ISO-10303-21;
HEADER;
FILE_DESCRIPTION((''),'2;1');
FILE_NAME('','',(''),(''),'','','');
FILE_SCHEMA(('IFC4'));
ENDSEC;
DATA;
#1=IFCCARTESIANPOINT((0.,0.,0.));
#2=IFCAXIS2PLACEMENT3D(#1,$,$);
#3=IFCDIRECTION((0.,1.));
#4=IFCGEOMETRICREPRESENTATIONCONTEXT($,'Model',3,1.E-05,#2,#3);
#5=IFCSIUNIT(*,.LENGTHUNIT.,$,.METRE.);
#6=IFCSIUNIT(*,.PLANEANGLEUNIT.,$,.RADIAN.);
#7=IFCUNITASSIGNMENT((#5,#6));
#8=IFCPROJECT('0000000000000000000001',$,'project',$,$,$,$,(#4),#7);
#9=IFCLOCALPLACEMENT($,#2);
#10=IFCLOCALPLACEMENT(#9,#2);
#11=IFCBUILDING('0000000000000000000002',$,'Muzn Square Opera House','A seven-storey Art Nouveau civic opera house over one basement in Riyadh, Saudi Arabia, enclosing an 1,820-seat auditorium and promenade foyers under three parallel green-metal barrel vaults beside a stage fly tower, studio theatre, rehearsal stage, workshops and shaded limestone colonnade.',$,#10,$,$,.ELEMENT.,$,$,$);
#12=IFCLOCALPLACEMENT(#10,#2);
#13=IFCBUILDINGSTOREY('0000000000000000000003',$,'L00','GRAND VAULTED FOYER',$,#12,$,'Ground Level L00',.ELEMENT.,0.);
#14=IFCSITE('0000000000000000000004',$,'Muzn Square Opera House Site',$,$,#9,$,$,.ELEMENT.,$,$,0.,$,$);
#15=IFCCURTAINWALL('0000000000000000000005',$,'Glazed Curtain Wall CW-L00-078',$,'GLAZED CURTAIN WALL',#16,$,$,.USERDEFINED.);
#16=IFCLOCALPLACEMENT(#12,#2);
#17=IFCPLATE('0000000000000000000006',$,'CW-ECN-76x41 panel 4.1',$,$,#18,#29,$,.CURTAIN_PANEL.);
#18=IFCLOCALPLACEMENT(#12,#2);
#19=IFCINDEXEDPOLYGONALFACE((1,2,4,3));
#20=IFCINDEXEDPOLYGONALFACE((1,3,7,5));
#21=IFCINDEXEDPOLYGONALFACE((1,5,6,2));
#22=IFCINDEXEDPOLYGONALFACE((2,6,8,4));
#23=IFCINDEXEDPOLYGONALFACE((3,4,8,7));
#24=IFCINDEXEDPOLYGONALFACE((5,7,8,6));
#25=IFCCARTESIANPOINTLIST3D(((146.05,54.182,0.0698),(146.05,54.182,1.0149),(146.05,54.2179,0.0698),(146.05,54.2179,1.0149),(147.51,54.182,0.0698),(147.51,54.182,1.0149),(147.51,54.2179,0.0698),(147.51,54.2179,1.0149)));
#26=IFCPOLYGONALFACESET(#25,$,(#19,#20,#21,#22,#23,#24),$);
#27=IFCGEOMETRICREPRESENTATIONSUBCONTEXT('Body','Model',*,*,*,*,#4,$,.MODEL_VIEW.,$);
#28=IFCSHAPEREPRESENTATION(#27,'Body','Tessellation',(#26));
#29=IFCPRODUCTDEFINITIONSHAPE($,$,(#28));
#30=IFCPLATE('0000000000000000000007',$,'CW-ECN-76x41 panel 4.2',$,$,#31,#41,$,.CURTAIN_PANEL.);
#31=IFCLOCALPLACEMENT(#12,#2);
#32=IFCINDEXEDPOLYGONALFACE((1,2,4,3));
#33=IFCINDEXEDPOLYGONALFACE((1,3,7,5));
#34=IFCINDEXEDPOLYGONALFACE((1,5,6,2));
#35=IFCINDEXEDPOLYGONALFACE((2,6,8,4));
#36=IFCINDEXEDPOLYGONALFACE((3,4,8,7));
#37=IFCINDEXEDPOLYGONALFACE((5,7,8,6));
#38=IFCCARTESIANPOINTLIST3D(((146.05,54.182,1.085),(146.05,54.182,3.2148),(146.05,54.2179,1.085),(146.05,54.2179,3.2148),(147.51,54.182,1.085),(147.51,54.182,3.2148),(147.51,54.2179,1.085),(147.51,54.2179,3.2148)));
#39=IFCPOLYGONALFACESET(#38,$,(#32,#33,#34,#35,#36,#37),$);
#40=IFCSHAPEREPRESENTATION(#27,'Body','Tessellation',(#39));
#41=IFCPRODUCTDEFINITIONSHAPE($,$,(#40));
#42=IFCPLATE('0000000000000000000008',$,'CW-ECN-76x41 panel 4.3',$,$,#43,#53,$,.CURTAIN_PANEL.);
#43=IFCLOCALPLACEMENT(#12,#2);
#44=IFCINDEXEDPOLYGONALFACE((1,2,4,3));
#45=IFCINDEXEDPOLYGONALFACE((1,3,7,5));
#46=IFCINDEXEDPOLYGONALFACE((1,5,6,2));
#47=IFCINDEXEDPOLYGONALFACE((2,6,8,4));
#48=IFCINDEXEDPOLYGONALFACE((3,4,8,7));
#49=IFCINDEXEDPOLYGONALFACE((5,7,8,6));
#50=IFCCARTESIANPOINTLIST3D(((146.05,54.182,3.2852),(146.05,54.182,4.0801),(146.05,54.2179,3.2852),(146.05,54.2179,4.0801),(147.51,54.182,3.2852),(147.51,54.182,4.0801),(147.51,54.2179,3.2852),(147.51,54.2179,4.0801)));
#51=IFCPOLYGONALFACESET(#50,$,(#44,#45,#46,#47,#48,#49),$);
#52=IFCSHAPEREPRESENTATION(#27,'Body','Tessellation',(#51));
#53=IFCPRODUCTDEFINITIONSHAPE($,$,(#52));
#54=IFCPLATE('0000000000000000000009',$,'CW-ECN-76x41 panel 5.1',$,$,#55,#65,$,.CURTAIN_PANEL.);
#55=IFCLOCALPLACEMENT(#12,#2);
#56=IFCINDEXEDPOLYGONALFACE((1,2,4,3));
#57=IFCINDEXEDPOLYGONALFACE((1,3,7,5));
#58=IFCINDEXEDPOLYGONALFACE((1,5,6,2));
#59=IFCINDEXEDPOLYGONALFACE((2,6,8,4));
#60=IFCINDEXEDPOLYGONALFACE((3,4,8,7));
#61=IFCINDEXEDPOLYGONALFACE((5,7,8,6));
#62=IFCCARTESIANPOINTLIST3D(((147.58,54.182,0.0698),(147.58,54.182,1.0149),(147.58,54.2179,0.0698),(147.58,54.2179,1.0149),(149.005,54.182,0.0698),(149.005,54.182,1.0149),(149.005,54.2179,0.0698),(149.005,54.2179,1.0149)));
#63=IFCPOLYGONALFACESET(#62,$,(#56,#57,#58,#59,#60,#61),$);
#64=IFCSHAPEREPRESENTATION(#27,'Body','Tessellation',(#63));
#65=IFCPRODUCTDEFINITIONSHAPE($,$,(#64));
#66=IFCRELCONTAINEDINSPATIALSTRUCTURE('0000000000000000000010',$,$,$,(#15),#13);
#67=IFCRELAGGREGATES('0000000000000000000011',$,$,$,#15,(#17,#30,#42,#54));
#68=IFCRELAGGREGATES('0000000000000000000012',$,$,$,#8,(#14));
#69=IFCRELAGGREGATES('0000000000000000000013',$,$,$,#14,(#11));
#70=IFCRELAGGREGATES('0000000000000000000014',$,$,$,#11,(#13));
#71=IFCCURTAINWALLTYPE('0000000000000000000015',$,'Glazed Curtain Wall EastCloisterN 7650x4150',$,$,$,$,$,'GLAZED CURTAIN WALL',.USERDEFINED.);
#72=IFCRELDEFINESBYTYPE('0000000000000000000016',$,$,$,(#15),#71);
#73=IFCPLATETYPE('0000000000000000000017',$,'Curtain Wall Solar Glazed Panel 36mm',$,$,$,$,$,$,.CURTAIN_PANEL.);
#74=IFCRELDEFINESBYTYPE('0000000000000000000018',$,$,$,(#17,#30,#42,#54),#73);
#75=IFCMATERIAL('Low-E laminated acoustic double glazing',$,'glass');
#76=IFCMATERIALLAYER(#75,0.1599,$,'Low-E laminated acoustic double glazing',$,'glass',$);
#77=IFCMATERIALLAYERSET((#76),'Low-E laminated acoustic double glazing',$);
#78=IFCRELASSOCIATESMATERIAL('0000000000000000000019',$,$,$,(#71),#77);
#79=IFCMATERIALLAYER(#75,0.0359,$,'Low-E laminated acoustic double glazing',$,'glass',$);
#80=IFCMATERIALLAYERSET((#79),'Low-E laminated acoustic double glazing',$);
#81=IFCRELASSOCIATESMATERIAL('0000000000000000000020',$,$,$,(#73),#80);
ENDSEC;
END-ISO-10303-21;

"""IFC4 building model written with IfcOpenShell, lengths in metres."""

from ifc_helpers import new_model, si_unit, direction, frame, origin, origin_2d, place, context, subcontext, project, spatial, rectangle, extrude, material, layer, layer_set, type_object, element, aggregate, save


model = new_model("IFC4")

# Units and contexts
model_context = context("Model", 3, precision=1e-05, world=origin(), true_north=direction((0.0, 1.0)))
body_context = subcontext(model_context, "Body", "Model", "MODEL_VIEW")
ifc_project = project(units=[si_unit("LENGTHUNIT", "METRE"), si_unit("PLANEANGLEUNIT", "RADIAN")], contexts=[model_context])

# Site, building, storey
site_placement = place(None, origin())
site = spatial("IfcSite", under=ifc_project, at=site_placement, Name="Muzn Square Opera House Site", CompositionType="ELEMENT", RefElevation=0.0)
building_placement = place(site_placement, origin())
building = spatial("IfcBuilding", under=site, at=building_placement, Name="Muzn Square Opera House", Description="A seven-storey Art Nouveau civic opera house over one basement in Riyadh, Saudi Arabia, enclosing an 1,820-seat auditorium and promenade foyers under three parallel green-metal barrel vaults beside a stage fly tower, studio theatre, rehearsal stage, workshops and shaded limestone colonnade.", CompositionType="ELEMENT")
storey_placement = place(building_placement, origin())
storey = spatial("IfcBuildingStorey", under=building, at=storey_placement, Name="L00", Description="GRAND VAULTED FOYER", LongName="Ground Level L00", CompositionType="ELEMENT", Elevation=0.0)

# Curtain wall
ifc_material_1 = material(Name="Low-E laminated acoustic double glazing", Category="glass")
ifc_layer_1 = layer(ifc_material_1, 0.1599, Name="Low-E laminated acoustic double glazing", Category="glass")
ifc_layer_set_1 = layer_set([ifc_layer_1], Name="Low-E laminated acoustic double glazing")
curtain_wall_type = type_object("IfcCurtainWallType", Name="Glazed Curtain Wall EastCloisterN 7650x4150", ElementType="GLAZED CURTAIN WALL", PredefinedType="USERDEFINED", material=ifc_layer_set_1)
curtain_wall_placement = place(storey_placement, origin())
curtain_wall = element("IfcCurtainWall", 1, at=curtain_wall_placement, inside=storey, type_object=curtain_wall_type, Name="Glazed Curtain Wall CW-L00-078", ObjectType="GLAZED CURTAIN WALL", PredefinedType="USERDEFINED")

# Plates
ifc_layer_2 = layer(ifc_material_1, 0.0359, Name="Low-E laminated acoustic double glazing", Category="glass")
ifc_layer_set_2 = layer_set([ifc_layer_2], Name="Low-E laminated acoustic double glazing")
plate_type = type_object("IfcPlateType", Name="Curtain Wall Solar Glazed Panel 36mm", PredefinedType="CURTAIN_PANEL", material=ifc_layer_set_2)
plate_1_placement = place(storey_placement, frame((146.78, 54.2, 0.0698), z_axis=(0.0, 0.0, 1.0), x_axis=(1.0, 0.0, 0.0)))
plate_1 = element("IfcPlate", 2, at=plate_1_placement, type_object=plate_type, Name="CW-ECN-76x41 panel 4.1", PredefinedType="CURTAIN_PANEL", context=body_context, shape_type="SweptSolid", body=[
    extrude(rectangle(XDim=1.46, YDim=0.0359, at=origin_2d()), origin(), (0.0, 0.0, 1.0), 0.9451),
])
plate_2_placement = place(storey_placement, frame((146.78, 54.2, 1.085), z_axis=(0.0, 0.0, 1.0), x_axis=(1.0, 0.0, 0.0)))
plate_2 = element("IfcPlate", 3, at=plate_2_placement, type_object=plate_type, Name="CW-ECN-76x41 panel 4.2", PredefinedType="CURTAIN_PANEL", context=body_context, shape_type="SweptSolid", body=[
    extrude(rectangle(XDim=1.46, YDim=0.0359, at=origin_2d()), origin(), (0.0, 0.0, 1.0), 2.1299),
])
plate_3_placement = place(storey_placement, frame((146.78, 54.2, 3.2852), z_axis=(0.0, 0.0, 1.0), x_axis=(1.0, 0.0, 0.0)))
plate_3 = element("IfcPlate", 4, at=plate_3_placement, type_object=plate_type, Name="CW-ECN-76x41 panel 4.3", PredefinedType="CURTAIN_PANEL", context=body_context, shape_type="SweptSolid", body=[
    extrude(rectangle(XDim=1.46, YDim=0.0359, at=origin_2d()), origin(), (0.0, 0.0, 1.0), 0.7949),
])
plate_4_placement = place(storey_placement, frame((148.2925, 54.2, 0.0698), z_axis=(0.0, 0.0, 1.0), x_axis=(1.0, 0.0, 0.0)))
plate_4 = element("IfcPlate", 5, at=plate_4_placement, type_object=plate_type, Name="CW-ECN-76x41 panel 5.1", PredefinedType="CURTAIN_PANEL", context=body_context, shape_type="SweptSolid", body=[
    extrude(rectangle(XDim=1.425, YDim=0.0359, at=origin_2d()), origin(), (0.0, 0.0, 1.0), 0.9451),
])
aggregate(curtain_wall, [plate_1, plate_2, plate_3, plate_4])

save(model, "model.ifc")
